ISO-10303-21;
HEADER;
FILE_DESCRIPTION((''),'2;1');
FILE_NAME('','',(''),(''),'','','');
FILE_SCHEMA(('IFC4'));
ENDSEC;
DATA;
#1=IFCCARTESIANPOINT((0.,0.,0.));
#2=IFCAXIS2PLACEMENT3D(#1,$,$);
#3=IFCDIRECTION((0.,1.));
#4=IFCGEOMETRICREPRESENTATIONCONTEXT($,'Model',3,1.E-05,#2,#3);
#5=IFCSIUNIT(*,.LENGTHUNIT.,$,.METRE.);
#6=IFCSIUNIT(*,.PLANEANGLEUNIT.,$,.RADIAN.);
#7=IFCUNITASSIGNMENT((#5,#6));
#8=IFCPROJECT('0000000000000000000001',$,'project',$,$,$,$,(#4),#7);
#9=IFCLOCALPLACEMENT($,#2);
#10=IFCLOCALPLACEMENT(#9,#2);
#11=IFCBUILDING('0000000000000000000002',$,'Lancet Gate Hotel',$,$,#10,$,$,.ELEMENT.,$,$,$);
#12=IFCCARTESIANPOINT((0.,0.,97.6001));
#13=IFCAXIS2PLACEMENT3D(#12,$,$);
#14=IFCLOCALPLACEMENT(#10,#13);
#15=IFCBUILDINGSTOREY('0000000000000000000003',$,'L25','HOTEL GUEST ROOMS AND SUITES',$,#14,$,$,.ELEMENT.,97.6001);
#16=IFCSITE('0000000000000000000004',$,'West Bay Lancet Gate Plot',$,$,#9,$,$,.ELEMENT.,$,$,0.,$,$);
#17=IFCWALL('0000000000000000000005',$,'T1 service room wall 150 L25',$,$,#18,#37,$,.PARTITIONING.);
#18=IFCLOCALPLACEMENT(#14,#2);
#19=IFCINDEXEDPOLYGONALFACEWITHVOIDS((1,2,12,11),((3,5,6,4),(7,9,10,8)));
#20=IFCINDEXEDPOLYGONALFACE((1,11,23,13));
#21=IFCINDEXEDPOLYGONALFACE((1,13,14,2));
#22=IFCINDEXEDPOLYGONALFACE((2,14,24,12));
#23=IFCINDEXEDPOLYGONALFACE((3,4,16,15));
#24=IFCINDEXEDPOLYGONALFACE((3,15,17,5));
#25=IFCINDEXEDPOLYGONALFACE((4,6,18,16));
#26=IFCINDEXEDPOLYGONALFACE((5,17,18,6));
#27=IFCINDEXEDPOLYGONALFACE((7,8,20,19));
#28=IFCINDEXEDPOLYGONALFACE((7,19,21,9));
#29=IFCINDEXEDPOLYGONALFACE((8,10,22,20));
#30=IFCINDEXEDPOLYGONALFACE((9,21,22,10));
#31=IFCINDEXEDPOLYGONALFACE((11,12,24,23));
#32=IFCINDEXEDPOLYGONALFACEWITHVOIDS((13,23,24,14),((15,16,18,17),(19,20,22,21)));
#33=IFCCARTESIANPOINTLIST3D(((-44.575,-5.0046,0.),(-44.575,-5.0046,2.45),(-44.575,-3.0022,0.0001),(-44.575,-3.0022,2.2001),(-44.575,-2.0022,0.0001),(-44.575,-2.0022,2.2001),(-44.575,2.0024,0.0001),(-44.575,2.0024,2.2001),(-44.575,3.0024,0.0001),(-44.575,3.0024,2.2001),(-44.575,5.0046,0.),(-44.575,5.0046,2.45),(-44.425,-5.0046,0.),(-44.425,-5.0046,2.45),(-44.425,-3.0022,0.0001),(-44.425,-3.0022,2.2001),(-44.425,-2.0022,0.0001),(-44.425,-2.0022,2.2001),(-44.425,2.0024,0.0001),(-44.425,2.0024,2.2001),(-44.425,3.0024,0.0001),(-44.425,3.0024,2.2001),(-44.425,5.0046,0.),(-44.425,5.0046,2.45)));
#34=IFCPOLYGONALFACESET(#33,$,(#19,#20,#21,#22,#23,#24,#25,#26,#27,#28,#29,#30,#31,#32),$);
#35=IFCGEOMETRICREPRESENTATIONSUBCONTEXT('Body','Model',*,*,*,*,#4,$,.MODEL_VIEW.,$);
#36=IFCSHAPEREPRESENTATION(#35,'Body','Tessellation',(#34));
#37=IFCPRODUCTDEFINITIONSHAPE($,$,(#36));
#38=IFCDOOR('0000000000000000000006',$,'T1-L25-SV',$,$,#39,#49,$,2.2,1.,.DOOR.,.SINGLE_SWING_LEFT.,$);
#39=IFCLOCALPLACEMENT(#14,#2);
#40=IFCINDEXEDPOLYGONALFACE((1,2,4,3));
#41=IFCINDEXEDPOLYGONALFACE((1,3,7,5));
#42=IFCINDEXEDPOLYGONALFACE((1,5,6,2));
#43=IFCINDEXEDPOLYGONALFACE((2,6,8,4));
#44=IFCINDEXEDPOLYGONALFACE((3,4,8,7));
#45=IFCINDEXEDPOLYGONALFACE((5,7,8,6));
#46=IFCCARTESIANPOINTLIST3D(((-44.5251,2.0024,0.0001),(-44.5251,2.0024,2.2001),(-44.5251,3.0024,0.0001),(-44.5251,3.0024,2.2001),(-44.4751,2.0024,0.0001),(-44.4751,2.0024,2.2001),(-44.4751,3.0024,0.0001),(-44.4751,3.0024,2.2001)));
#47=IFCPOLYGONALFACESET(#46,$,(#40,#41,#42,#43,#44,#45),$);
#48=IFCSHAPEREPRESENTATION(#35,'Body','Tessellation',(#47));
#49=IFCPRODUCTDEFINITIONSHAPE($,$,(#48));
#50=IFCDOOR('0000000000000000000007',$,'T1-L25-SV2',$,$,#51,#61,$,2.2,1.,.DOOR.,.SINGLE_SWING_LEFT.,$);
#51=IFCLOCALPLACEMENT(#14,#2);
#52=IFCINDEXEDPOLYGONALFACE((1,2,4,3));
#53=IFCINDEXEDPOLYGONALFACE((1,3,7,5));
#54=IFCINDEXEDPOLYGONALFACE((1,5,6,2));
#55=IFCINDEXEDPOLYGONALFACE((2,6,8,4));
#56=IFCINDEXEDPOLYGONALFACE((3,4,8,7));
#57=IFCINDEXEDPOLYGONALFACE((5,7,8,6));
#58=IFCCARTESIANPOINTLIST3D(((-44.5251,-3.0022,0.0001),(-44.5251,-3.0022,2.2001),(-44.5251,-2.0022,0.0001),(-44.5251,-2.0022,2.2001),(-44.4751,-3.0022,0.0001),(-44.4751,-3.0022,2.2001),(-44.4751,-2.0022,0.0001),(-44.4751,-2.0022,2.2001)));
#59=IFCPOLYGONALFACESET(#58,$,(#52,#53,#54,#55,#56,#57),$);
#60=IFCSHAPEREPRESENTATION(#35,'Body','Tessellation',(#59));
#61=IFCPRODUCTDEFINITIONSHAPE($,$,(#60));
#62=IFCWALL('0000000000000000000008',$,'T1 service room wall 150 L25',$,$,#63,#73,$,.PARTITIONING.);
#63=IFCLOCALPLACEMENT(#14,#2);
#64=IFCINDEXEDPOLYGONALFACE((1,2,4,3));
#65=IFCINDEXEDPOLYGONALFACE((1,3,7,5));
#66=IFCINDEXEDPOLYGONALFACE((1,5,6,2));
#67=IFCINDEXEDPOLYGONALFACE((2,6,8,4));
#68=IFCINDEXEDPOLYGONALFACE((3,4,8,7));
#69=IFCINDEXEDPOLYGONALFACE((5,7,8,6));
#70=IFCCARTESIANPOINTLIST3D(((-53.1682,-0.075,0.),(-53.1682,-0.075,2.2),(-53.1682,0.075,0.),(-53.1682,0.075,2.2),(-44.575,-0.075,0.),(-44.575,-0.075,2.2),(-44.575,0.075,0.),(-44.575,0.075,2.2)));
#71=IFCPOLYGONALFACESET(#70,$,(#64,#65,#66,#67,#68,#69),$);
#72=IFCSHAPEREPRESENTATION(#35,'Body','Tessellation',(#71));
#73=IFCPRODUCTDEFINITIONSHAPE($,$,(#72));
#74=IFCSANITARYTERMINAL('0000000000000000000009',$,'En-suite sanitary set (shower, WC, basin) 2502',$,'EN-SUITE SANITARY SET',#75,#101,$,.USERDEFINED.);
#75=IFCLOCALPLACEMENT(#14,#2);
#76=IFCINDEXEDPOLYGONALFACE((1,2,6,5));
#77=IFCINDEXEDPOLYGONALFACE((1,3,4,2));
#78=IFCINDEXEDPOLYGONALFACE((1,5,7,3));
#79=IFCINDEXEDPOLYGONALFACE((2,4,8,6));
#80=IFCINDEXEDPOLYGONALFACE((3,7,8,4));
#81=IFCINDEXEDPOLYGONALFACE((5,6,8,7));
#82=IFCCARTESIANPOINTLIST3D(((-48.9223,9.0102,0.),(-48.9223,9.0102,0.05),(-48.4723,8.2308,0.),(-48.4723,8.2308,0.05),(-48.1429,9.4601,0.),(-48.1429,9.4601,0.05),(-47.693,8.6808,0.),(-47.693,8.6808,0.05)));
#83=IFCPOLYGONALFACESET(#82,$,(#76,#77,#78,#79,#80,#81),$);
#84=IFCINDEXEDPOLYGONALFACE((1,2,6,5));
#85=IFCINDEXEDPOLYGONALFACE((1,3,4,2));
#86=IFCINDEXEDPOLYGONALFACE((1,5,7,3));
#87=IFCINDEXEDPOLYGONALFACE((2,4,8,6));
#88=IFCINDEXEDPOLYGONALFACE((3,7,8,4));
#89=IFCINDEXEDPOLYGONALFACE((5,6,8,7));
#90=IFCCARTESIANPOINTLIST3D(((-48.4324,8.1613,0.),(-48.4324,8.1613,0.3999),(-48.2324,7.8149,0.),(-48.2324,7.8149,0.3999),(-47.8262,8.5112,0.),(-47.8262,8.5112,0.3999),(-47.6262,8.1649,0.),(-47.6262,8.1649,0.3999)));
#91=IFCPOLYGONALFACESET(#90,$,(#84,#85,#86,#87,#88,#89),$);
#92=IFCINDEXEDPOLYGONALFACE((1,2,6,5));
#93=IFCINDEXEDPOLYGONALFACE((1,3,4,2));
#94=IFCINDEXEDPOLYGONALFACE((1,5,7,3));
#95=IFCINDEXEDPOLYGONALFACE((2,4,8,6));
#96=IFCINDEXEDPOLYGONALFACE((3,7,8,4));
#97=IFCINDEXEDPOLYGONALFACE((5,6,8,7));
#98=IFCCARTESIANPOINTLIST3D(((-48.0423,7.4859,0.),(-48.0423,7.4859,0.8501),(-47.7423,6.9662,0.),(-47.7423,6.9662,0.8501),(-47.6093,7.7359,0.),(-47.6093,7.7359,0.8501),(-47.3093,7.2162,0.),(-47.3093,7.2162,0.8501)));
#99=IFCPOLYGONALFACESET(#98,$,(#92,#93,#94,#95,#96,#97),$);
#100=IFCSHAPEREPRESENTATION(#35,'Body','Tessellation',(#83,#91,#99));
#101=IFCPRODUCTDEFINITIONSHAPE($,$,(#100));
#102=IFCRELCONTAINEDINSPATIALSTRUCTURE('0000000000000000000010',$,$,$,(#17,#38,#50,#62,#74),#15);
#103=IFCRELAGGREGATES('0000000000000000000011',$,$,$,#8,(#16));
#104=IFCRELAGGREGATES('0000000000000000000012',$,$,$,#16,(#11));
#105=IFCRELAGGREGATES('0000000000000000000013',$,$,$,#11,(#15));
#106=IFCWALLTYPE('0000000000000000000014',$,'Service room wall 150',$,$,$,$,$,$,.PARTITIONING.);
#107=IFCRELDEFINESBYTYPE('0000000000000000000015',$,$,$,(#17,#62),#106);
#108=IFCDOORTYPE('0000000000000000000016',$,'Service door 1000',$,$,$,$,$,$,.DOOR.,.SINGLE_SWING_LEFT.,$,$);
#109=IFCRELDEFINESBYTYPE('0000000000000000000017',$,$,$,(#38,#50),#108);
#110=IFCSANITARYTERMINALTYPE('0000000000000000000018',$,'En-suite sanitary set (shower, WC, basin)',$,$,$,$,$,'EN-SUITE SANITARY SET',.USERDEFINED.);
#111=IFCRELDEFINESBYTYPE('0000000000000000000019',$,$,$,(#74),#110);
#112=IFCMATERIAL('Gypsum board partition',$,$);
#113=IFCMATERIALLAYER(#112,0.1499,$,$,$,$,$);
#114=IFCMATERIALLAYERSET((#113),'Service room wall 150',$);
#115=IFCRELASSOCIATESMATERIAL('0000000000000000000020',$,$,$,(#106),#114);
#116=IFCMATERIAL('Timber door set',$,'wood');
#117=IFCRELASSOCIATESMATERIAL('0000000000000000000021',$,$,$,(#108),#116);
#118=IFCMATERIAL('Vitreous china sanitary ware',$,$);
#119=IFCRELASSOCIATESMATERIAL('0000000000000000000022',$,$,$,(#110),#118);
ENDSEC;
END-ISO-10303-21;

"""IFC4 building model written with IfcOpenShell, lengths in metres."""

from ifc_helpers import new_model, si_unit, direction, frame, frame_2d, origin, origin_2d, place, context, subcontext, project, spatial, rectangle, extrude, material, layer, layer_set, type_object, element, fill, save


model = new_model("IFC4")

# Units and contexts
model_context = context("Model", 3, precision=1e-05, world=origin(), true_north=direction((0.0, 1.0)))
body_context = subcontext(model_context, "Body", "Model", "MODEL_VIEW")
ifc_project = project(units=[si_unit("LENGTHUNIT", "METRE"), si_unit("PLANEANGLEUNIT", "RADIAN")], contexts=[model_context])

# Site, building, storey
site_placement = place(None, origin())
site = spatial("IfcSite", under=ifc_project, at=site_placement, Name="West Bay Lancet Gate Plot", CompositionType="ELEMENT", RefElevation=0.0)
building_placement = place(site_placement, origin())
building = spatial("IfcBuilding", under=site, at=building_placement, Name="Lancet Gate Hotel", CompositionType="ELEMENT")
storey_placement = place(building_placement, frame((0.0, 0.0, 97.6001)))
storey = spatial("IfcBuildingStorey", under=building, at=storey_placement, Name="L25", Description="HOTEL GUEST ROOMS AND SUITES", CompositionType="ELEMENT", Elevation=97.6001)

# Shared definitions
ifc_material_1 = material(Name="Gypsum board partition")
ifc_layer_1 = layer(ifc_material_1, 0.1499)
ifc_layer_set_1 = layer_set([ifc_layer_1], Name="Service room wall 150")
wall_type_1 = type_object("IfcWallType", Name="Service room wall 150", PredefinedType="PARTITIONING", material=ifc_layer_set_1)

# Wall, openings, doors
wall_1_placement = place(storey_placement, frame((-44.5, 5.0046, 0.0), z_axis=(0.0, 0.0, 1.0), x_axis=(0.0, -1.0, 0.0)))
wall_1 = element("IfcWall", 1, at=wall_1_placement, inside=storey, type_object=wall_type_1, Name="T1 service room wall 150 L25", PredefinedType="PARTITIONING", context=body_context, shape_type="SweptSolid", body=[
    extrude(rectangle(XDim=10.0093, YDim=0.1499, at=frame_2d((5.0046, 0.0))), origin(), (0.0, 0.0, 1.0), 2.45),
])
opening_1_placement = place(wall_1_placement, frame((2.0022, 0.0, 0.0)))
opening_1 = element("IfcOpeningElement", 2, at=opening_1_placement, cuts=wall_1, PredefinedType="OPENING", context=body_context, shape_type="SweptSolid", body=[
    extrude(rectangle(XDim=1.0, YDim=2.2, at=frame_2d((0.5, 1.1001))), frame((0.0, 0.085, 0.0), z_axis=(0.0, -1.0, 0.0), x_axis=(1.0, 0.0, 0.0)), (0.0, 0.0, 1.0), 0.1699),
])
opening_2_placement = place(wall_1_placement, frame((7.0068, 0.0, 0.0)))
opening_2 = element("IfcOpeningElement", 3, at=opening_2_placement, cuts=wall_1, PredefinedType="OPENING", context=body_context, shape_type="SweptSolid", body=[
    extrude(rectangle(XDim=1.0, YDim=2.2, at=frame_2d((0.5, 1.1001))), frame((0.0, 0.085, 0.0), z_axis=(0.0, -1.0, 0.0), x_axis=(1.0, 0.0, 0.0)), (0.0, 0.0, 1.0), 0.1699),
])
ifc_material_2 = material(Name="Timber door set", Category="wood")
door_type_1 = type_object("IfcDoorType", Name="Service door 1000", OperationType="SINGLE_SWING_LEFT", PredefinedType="DOOR", material=ifc_material_2)
door_1_placement = place(opening_1_placement, origin())
door_1 = element("IfcDoor", 4, at=door_1_placement, inside=storey, type_object=door_type_1, Name="T1-L25-SV", OperationType="SINGLE_SWING_LEFT", OverallHeight=2.2, OverallWidth=1.0, PredefinedType="DOOR", context=body_context, shape_type="SweptSolid", body=[
    extrude(rectangle(XDim=1.0, YDim=2.2, at=frame_2d((0.5, 1.1001))), frame((0.0, 0.0249, 0.0), z_axis=(0.0, -1.0, 0.0), x_axis=(1.0, 0.0, 0.0)), (0.0, 0.0, 1.0), 0.05),
])
fill(opening_1, door_1)
door_2_placement = place(opening_2_placement, origin())
door_2 = element("IfcDoor", 5, at=door_2_placement, inside=storey, type_object=door_type_1, Name="T1-L25-SV2", OperationType="SINGLE_SWING_LEFT", OverallHeight=2.2, OverallWidth=1.0, PredefinedType="DOOR", context=body_context, shape_type="SweptSolid", body=[
    extrude(rectangle(XDim=1.0, YDim=2.2, at=frame_2d((0.5, 1.1001))), frame((0.0, 0.0249, 0.0), z_axis=(0.0, -1.0, 0.0), x_axis=(1.0, 0.0, 0.0)), (0.0, 0.0, 1.0), 0.05),
])
fill(opening_2, door_2)

# Wall
wall_2_placement = place(storey_placement, frame((-44.575, 0.0, 0.0), z_axis=(0.0, 0.0, 1.0), x_axis=(-1.0, 0.0, 0.0)))
element("IfcWall", 6, at=wall_2_placement, inside=storey, type_object=wall_type_1, Name="T1 service room wall 150 L25", PredefinedType="PARTITIONING", context=body_context, shape_type="SweptSolid", body=[
    extrude(rectangle(XDim=8.5933, YDim=0.1499, at=frame_2d((4.2966, 0.0))), origin(), (0.0, 0.0, 1.0), 2.2),
])

# Sanitary terminal
ifc_material_3 = material(Name="Vitreous china sanitary ware")
sanitary_terminal_type = type_object("IfcSanitaryTerminalType", Name="En-suite sanitary set (shower, WC, basin)", ElementType="EN-SUITE SANITARY SET", PredefinedType="USERDEFINED", material=ifc_material_3)
sanitary_terminal_placement = place(storey_placement, frame((-48.3076, 8.8455, 0.0), z_axis=(0.0, 0.0, 1.0), x_axis=(1.0, 0.0, 0.0)))
element("IfcSanitaryTerminal", 7, at=sanitary_terminal_placement, inside=storey, type_object=sanitary_terminal_type, Name="En-suite sanitary set (shower, WC, basin) 2502", ObjectType="EN-SUITE SANITARY SET", PredefinedType="USERDEFINED", context=body_context, shape_type="SweptSolid", body=[
    extrude(rectangle(XDim=0.8999, YDim=0.8999, at=origin_2d()), frame((0.0, 0.0, 0.0), z_axis=(0.0, 0.0, 1.0), x_axis=(-0.5, 0.866025, 0.0)), (0.0, 0.0, 1.0), 0.05),
    extrude(rectangle(XDim=0.3999, YDim=0.7, at=origin_2d()), frame((0.2783, -0.6824, 0.0), z_axis=(0.0, 0.0, 1.0), x_axis=(-0.5, 0.866025, 0.0)), (0.0, 0.0, 1.0), 0.3999),
    extrude(rectangle(XDim=0.6001, YDim=0.5, at=origin_2d()), frame((0.6318, -1.4944, 0.0), z_axis=(0.0, 0.0, 1.0), x_axis=(-0.5, 0.866025, 0.0)), (0.0, 0.0, 1.0), 0.8501),
])

save(model, "model.ifc")
